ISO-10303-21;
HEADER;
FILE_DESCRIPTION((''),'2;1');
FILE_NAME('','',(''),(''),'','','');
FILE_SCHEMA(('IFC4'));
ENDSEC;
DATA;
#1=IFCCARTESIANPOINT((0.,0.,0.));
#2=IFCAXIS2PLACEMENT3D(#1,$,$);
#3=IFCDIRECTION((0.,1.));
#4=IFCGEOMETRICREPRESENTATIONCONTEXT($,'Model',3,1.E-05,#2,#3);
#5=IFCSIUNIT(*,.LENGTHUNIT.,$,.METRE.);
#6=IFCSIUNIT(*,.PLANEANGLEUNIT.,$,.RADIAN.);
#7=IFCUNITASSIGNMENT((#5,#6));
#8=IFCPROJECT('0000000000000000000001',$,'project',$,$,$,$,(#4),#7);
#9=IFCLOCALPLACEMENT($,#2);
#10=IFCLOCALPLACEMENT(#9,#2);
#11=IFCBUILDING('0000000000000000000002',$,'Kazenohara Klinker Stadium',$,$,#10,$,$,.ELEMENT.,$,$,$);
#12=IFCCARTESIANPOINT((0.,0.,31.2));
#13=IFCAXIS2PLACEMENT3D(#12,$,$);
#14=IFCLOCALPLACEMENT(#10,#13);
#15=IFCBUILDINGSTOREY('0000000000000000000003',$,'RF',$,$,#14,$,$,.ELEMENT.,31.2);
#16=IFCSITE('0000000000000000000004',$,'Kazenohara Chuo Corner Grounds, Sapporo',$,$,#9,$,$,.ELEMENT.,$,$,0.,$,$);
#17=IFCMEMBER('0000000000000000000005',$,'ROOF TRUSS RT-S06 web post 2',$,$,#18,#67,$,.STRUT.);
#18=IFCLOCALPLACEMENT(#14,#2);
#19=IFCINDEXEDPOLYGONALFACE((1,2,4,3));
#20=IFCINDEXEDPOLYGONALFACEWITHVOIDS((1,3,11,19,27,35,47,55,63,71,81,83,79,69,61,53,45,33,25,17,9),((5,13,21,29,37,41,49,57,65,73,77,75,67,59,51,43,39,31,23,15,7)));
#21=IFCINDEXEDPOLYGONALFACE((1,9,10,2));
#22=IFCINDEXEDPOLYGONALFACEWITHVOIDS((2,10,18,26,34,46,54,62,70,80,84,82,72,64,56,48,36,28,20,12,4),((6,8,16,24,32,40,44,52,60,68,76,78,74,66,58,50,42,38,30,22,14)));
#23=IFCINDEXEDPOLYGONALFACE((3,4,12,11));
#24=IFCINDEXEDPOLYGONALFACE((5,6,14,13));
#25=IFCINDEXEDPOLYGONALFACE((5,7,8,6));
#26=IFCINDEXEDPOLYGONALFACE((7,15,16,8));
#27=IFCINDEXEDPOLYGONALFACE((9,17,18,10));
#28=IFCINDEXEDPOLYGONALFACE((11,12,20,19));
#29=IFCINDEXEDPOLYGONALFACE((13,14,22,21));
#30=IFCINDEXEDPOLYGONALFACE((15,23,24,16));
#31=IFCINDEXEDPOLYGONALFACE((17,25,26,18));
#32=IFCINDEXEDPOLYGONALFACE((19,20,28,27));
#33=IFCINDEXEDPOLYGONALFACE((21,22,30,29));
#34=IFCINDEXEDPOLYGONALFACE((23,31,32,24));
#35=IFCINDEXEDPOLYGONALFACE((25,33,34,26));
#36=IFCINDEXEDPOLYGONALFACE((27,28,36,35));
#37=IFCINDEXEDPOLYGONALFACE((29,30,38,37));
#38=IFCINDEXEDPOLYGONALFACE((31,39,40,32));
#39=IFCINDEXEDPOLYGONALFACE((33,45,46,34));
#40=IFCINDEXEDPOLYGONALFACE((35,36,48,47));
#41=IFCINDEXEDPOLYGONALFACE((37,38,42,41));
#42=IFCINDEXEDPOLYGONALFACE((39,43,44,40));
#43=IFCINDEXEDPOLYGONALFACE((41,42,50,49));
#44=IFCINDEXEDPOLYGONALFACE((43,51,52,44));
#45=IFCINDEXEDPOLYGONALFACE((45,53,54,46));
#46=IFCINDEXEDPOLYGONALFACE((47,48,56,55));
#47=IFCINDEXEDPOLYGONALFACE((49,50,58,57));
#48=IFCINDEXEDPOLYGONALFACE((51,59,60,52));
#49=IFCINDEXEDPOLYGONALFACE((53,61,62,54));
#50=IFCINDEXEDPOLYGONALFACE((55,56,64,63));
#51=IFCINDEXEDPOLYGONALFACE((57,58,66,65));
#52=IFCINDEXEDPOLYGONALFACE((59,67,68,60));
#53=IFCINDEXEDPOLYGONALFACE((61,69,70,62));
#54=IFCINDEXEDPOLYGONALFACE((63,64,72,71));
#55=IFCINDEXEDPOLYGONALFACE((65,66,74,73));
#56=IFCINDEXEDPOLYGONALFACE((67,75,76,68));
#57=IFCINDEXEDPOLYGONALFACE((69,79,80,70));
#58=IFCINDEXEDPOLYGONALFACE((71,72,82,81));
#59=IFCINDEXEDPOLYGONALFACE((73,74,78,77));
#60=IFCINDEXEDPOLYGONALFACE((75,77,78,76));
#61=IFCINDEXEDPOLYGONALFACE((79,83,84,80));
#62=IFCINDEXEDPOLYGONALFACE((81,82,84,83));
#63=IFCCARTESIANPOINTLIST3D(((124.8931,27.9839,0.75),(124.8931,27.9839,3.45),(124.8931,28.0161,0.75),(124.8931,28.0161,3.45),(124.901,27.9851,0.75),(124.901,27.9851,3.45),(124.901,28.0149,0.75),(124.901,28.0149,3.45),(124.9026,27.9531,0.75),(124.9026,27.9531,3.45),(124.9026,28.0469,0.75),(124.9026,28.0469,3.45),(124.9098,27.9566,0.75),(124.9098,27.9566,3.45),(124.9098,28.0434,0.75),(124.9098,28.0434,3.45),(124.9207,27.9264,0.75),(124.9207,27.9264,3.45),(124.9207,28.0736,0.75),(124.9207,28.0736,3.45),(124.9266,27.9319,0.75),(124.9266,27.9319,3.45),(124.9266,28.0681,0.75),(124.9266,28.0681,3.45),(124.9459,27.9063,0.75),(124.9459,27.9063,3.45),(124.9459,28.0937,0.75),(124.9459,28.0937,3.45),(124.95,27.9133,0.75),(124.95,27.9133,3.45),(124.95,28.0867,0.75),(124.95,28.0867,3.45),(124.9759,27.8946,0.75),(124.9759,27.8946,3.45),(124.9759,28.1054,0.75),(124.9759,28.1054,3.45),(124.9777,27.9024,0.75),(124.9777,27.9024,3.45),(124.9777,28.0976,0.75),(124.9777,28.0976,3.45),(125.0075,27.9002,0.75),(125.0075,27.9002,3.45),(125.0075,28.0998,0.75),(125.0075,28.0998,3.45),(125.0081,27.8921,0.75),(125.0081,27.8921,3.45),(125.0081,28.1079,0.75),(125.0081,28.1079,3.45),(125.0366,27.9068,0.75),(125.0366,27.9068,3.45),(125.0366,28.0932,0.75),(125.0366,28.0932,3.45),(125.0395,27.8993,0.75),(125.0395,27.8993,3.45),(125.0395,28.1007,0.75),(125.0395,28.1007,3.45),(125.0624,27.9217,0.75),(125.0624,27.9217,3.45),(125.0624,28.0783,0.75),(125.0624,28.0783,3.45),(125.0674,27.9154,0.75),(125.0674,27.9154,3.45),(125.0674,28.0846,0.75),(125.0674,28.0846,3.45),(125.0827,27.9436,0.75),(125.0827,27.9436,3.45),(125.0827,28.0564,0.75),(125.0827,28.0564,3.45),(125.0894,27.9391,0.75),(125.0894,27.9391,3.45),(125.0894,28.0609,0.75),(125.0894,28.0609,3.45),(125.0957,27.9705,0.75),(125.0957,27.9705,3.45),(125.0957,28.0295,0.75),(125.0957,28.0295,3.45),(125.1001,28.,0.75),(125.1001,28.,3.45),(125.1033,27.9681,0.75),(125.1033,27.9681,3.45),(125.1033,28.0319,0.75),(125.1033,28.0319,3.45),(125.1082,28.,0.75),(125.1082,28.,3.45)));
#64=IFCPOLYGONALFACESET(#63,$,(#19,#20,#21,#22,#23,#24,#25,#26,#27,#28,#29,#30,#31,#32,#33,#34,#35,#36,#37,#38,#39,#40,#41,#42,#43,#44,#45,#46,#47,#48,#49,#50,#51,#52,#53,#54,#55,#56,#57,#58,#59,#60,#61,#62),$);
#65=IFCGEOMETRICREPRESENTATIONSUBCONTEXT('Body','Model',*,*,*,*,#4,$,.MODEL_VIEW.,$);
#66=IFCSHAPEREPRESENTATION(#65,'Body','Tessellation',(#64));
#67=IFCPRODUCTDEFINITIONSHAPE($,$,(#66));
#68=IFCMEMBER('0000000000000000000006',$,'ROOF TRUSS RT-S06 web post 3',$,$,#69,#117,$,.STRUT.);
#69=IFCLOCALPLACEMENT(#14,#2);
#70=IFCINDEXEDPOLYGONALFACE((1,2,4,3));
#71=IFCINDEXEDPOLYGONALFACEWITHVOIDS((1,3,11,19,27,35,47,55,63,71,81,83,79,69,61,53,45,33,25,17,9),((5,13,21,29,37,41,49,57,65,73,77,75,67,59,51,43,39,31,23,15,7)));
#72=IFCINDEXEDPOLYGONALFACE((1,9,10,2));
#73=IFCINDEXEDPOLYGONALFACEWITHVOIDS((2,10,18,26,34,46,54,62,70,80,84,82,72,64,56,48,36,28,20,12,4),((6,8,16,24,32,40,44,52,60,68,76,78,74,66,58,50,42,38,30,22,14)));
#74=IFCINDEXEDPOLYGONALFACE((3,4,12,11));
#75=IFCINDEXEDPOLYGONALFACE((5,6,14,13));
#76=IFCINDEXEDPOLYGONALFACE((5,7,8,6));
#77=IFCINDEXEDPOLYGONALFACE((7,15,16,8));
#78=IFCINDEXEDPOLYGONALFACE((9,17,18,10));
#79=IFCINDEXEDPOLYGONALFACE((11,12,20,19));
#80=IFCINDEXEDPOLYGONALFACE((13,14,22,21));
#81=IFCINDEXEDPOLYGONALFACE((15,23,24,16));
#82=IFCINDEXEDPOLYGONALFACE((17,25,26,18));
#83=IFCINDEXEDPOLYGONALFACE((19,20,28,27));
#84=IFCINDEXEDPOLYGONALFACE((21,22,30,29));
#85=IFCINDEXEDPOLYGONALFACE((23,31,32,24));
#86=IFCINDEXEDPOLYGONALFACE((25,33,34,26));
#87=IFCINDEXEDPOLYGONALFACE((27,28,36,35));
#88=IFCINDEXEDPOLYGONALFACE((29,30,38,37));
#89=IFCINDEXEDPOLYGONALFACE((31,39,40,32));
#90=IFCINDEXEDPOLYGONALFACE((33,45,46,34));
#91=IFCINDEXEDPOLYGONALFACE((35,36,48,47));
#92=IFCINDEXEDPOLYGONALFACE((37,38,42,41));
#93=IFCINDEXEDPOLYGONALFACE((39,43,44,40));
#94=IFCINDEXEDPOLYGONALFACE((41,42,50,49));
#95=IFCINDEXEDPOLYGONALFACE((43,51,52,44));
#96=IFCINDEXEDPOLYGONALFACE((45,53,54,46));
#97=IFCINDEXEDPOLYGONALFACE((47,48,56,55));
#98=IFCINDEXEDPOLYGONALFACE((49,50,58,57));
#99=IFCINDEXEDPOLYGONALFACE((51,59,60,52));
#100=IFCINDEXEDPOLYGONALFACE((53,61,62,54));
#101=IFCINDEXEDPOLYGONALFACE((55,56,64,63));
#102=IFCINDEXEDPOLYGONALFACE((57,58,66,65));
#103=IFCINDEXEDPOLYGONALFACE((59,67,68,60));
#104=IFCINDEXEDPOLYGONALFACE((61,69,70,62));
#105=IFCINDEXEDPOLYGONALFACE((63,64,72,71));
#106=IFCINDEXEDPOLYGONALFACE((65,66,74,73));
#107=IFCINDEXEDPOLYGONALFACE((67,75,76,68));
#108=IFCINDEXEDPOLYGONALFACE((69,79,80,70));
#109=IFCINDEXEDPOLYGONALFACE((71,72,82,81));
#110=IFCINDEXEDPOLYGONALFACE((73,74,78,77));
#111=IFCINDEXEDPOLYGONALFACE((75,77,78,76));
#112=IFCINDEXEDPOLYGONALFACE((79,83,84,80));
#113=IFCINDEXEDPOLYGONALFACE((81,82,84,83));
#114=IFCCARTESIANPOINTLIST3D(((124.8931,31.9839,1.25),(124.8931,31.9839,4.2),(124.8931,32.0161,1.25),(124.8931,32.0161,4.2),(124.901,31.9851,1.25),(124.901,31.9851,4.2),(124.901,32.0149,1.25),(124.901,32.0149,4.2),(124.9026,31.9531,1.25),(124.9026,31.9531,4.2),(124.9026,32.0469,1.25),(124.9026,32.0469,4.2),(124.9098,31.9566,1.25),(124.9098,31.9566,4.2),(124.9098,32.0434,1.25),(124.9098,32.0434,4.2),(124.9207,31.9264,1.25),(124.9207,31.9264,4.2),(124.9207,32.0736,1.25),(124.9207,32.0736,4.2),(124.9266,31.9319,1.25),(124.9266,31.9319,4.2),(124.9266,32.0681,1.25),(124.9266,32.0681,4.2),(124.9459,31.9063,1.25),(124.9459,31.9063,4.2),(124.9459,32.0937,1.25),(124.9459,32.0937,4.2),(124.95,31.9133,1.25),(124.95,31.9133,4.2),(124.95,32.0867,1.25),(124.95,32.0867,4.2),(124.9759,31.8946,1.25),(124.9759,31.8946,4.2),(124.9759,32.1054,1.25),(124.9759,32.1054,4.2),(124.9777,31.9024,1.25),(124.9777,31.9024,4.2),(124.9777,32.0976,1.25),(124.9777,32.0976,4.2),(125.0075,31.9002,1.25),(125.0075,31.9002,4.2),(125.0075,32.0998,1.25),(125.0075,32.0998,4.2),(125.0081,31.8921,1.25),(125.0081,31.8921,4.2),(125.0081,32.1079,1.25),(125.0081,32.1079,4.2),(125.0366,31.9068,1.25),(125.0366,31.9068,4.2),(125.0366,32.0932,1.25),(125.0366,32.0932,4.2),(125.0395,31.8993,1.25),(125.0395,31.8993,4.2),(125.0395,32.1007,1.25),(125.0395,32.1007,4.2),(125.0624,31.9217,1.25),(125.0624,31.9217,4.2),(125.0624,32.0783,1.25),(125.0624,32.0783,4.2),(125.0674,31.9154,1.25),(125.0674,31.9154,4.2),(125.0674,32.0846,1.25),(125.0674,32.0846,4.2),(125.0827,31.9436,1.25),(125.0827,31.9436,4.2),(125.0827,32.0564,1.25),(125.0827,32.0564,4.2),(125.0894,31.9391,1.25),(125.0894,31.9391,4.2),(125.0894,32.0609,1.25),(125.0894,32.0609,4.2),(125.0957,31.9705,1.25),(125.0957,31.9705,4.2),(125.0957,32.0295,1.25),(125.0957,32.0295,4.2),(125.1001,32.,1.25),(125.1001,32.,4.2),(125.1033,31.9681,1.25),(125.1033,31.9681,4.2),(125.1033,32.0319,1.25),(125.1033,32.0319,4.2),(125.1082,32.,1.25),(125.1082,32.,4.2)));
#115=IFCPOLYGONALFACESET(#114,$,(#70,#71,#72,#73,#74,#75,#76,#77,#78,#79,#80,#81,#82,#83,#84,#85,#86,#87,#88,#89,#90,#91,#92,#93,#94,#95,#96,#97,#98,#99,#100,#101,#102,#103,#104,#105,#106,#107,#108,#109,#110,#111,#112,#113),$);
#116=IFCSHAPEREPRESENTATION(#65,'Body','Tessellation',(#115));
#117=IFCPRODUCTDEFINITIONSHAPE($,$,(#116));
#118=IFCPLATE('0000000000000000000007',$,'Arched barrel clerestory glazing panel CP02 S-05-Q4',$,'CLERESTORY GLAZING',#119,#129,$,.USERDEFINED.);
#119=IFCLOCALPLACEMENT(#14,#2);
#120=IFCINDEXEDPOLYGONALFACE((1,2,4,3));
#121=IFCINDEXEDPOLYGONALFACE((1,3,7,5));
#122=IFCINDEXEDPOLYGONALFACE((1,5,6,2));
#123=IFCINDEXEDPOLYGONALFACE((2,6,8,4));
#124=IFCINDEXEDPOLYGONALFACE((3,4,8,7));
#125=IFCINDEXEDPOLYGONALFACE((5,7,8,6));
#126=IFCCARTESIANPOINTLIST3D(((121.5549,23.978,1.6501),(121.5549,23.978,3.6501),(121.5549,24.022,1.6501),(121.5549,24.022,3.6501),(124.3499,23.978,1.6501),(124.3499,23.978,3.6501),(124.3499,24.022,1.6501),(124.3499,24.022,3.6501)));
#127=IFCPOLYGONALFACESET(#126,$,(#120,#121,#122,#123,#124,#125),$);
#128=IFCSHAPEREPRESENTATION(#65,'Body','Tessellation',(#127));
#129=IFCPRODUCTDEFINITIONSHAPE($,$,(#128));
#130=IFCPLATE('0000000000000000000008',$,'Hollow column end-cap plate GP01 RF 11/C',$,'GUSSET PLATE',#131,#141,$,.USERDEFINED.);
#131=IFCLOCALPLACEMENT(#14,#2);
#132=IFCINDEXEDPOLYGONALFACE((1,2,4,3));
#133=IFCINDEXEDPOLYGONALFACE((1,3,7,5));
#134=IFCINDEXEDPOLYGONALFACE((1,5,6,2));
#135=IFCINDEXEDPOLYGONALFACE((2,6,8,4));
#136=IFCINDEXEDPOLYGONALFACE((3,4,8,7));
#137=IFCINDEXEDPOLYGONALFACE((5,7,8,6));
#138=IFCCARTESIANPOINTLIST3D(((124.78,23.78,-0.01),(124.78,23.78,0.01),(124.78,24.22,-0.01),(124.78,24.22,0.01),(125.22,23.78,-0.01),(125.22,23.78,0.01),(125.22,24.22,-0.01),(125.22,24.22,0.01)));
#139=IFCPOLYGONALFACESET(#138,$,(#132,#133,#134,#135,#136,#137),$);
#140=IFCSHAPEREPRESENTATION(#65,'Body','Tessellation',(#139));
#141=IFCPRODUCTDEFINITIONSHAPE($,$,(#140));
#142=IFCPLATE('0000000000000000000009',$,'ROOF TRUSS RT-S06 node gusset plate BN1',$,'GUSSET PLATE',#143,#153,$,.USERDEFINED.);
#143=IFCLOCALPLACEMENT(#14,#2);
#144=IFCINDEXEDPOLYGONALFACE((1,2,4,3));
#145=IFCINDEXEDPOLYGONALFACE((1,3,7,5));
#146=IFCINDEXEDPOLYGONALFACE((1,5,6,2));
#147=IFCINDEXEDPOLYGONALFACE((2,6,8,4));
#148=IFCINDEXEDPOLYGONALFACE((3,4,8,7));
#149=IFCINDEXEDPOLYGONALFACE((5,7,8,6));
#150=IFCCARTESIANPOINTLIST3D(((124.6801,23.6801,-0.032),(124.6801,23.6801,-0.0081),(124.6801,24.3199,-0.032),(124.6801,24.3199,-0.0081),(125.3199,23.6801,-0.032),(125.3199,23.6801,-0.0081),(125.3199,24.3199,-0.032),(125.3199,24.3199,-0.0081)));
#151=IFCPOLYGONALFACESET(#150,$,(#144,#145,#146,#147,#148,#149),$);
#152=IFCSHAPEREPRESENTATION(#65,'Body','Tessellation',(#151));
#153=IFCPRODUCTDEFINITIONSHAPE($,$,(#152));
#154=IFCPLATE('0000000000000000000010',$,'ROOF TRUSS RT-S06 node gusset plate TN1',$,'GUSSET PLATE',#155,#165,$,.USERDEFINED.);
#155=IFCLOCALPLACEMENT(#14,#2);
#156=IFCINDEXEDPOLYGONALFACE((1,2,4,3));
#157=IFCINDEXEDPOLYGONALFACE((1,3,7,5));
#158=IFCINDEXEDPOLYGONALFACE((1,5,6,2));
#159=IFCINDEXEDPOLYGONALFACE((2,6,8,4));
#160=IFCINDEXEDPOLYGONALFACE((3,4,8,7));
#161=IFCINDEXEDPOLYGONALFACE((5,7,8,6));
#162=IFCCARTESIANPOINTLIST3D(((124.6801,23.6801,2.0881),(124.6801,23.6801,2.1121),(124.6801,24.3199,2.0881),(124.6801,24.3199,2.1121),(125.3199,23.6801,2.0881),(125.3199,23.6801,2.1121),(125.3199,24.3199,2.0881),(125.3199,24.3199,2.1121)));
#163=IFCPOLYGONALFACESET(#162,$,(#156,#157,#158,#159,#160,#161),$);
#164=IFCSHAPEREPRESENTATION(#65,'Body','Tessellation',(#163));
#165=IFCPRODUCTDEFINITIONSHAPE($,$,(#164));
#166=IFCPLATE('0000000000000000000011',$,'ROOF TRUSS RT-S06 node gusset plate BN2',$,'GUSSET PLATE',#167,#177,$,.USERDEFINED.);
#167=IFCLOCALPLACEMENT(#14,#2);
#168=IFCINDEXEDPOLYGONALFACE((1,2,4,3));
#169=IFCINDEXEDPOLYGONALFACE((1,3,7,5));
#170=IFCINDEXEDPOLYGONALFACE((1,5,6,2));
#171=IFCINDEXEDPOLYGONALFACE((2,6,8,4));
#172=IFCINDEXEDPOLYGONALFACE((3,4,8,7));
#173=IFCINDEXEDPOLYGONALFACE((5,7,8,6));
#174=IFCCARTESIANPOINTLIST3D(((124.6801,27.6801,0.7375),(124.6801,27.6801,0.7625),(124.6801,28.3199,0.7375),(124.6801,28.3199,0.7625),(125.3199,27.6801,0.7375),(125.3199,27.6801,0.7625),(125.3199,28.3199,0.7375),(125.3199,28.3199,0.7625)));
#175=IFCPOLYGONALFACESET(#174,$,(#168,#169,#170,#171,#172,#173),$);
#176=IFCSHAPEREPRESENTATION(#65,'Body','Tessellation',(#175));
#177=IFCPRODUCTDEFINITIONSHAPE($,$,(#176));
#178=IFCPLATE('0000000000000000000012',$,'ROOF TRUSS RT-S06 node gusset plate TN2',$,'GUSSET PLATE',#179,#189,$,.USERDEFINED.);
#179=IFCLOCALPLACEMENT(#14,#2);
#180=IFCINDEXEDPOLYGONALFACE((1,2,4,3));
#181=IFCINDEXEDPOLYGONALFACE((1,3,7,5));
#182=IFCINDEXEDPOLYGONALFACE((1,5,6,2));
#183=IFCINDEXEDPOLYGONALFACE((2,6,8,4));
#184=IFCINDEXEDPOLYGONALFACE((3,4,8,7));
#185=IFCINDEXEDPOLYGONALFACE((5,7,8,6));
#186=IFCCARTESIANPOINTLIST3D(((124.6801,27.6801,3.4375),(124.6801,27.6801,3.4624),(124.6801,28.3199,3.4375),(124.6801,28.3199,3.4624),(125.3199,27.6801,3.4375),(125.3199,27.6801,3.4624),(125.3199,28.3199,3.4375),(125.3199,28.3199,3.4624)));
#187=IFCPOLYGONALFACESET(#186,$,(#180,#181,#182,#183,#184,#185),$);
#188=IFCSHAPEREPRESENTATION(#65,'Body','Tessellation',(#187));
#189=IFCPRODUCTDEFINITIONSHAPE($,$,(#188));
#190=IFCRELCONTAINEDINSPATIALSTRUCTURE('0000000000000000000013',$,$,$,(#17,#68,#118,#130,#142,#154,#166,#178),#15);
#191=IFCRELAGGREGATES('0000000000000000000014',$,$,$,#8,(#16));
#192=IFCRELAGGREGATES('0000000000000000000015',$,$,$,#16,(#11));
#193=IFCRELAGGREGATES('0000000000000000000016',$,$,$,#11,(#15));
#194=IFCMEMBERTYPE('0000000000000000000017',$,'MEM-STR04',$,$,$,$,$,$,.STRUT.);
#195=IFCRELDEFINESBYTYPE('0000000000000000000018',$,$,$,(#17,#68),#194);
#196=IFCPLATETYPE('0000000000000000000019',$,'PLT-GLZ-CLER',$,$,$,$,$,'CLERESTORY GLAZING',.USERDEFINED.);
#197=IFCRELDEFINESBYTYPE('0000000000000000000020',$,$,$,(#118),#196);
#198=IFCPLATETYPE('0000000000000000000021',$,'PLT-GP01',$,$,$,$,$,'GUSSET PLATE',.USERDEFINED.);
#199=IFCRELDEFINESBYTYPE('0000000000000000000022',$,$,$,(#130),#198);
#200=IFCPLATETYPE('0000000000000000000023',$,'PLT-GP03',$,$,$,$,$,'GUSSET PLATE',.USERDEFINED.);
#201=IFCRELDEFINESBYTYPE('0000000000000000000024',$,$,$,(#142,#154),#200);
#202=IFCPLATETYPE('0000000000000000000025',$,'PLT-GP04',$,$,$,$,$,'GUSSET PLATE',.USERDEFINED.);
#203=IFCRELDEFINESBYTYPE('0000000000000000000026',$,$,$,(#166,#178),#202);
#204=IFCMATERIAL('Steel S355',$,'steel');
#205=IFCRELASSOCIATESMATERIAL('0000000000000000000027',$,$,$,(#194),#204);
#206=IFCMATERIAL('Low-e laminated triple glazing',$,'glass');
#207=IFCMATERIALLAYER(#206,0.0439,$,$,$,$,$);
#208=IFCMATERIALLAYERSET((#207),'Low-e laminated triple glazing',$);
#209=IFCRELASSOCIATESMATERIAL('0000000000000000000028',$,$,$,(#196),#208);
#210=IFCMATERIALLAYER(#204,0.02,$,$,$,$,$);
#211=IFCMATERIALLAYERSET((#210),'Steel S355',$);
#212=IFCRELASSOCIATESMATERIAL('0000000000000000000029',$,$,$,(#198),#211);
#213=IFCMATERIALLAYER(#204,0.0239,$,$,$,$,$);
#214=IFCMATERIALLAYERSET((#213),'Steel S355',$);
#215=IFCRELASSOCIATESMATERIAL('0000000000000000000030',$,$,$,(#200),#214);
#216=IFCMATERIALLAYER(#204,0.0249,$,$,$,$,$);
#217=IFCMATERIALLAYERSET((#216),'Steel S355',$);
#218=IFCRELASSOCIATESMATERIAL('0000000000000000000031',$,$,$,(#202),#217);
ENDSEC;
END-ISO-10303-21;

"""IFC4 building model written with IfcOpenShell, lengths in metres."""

from ifc_helpers import new_model, si_unit, direction, frame, origin, origin_2d, place, context, subcontext, project, spatial, rectangle, hollow_circle, extrude, material, layer, layer_set, material_profile, profile_set, type_object, element, save


model = new_model("IFC4")

# Units and contexts
model_context = context("Model", 3, precision=1e-05, world=origin(), true_north=direction((0.0, 1.0)))
body_context = subcontext(model_context, "Body", "Model", "MODEL_VIEW")
ifc_project = project(units=[si_unit("LENGTHUNIT", "METRE"), si_unit("PLANEANGLEUNIT", "RADIAN")], contexts=[model_context])

# Site, building, storey
site_placement = place(None, origin())
site = spatial("IfcSite", under=ifc_project, at=site_placement, Name="Kazenohara Chuo Corner Grounds, Sapporo", CompositionType="ELEMENT", RefElevation=0.0)
building_placement = place(site_placement, origin())
building = spatial("IfcBuilding", under=site, at=building_placement, Name="Kazenohara Klinker Stadium", CompositionType="ELEMENT")
storey_placement = place(building_placement, frame((0.0, 0.0, 31.2)))
storey = spatial("IfcBuildingStorey", under=building, at=storey_placement, Name="RF", CompositionType="ELEMENT", Elevation=31.2)

# Members
ifc_material_1 = material(Name="Steel S355", Category="steel")
ifc_material_profile_1 = material_profile(ifc_material_1, hollow_circle(Radius=0.1082, WallThickness=0.0081, at=origin_2d()), Name="CHS-216.3x8")
ifc_profile_set_1 = profile_set([ifc_material_profile_1], Name="Steel S355")
member_type_1 = type_object("IfcMemberType", Name="MEM-STR04", PredefinedType="STRUT", material=ifc_profile_set_1)
member_1_placement = place(storey_placement, frame((125.0, 28.0, 0.75), z_axis=(0.0, 0.0, 1.0), x_axis=(1.0, 0.0, 0.0)))
element("IfcMember", 1, at=member_1_placement, inside=storey, type_object=member_type_1, Name="ROOF TRUSS RT-S06 web post 2", PredefinedType="STRUT", context=body_context, shape_type="SweptSolid", body=[
    extrude(hollow_circle(Radius=0.1082, WallThickness=0.0081, at=origin_2d()), origin(), (0.0, 0.0, 1.0), 2.7),
])
member_2_placement = place(storey_placement, frame((125.0, 32.0, 1.25), z_axis=(0.0, 0.0, 1.0), x_axis=(1.0, 0.0, 0.0)))
element("IfcMember", 2, at=member_2_placement, inside=storey, type_object=member_type_1, Name="ROOF TRUSS RT-S06 web post 3", PredefinedType="STRUT", context=body_context, shape_type="SweptSolid", body=[
    extrude(hollow_circle(Radius=0.1082, WallThickness=0.0081, at=origin_2d()), origin(), (0.0, 0.0, 1.0), 2.95),
])

# Plates
ifc_material_2 = material(Name="Low-e laminated triple glazing", Category="glass")
ifc_layer_1 = layer(ifc_material_2, 0.0439)
ifc_layer_set_1 = layer_set([ifc_layer_1], Name="Low-e laminated triple glazing")
plate_type_1 = type_object("IfcPlateType", Name="PLT-GLZ-CLER", ElementType="CLERESTORY GLAZING", PredefinedType="USERDEFINED", material=ifc_layer_set_1)
plate_1_placement = place(storey_placement, frame((122.9524, 24.0, 1.6501), z_axis=(0.0, 0.0, 1.0), x_axis=(1.0, 0.0, 0.0)))
element("IfcPlate", 3, at=plate_1_placement, inside=storey, type_object=plate_type_1, Name="Arched barrel clerestory glazing panel CP02 S-05-Q4", ObjectType="CLERESTORY GLAZING", PredefinedType="USERDEFINED", context=body_context, shape_type="SweptSolid", body=[
    extrude(rectangle(XDim=2.7949, YDim=0.0439, at=origin_2d()), origin(), (0.0, 0.0, 1.0), 2.0),
])
ifc_layer_2 = layer(ifc_material_1, 0.02)
ifc_layer_set_2 = layer_set([ifc_layer_2], Name="Steel S355")
plate_type_2 = type_object("IfcPlateType", Name="PLT-GP01", ElementType="GUSSET PLATE", PredefinedType="USERDEFINED", material=ifc_layer_set_2)
plate_2_placement = place(storey_placement, frame((125.0, 24.0, -0.01), z_axis=(0.0, 0.0, 1.0), x_axis=(1.0, 0.0, 0.0)))
element("IfcPlate", 4, at=plate_2_placement, inside=storey, type_object=plate_type_2, Name="Hollow column end-cap plate GP01 RF 11/C", ObjectType="GUSSET PLATE", PredefinedType="USERDEFINED", context=body_context, shape_type="SweptSolid", body=[
    extrude(rectangle(XDim=0.4399, YDim=0.4399, at=origin_2d()), origin(), (0.0, 0.0, 1.0), 0.02),
])
ifc_layer_3 = layer(ifc_material_1, 0.0239)
ifc_layer_set_3 = layer_set([ifc_layer_3], Name="Steel S355")
plate_type_3 = type_object("IfcPlateType", Name="PLT-GP03", ElementType="GUSSET PLATE", PredefinedType="USERDEFINED", material=ifc_layer_set_3)
for number, where, z_axis, x_axis, name in (
    (5, (125.0, 24.0, -0.032), (0.0, 0.0, 1.0), (1.0, 0.0, 0.0), "ROOF TRUSS RT-S06 node gusset plate BN1"),
    (6, (125.0, 24.0, 2.0881), (0.0, 0.0, 1.0), (1.0, 0.0, 0.0), "ROOF TRUSS RT-S06 node gusset plate TN1"),
):
    element("IfcPlate", number, at=place(storey_placement, frame(where, z_axis=z_axis, x_axis=x_axis)), inside=storey, type_object=plate_type_3, Name=name, ObjectType="GUSSET PLATE", PredefinedType="USERDEFINED", context=body_context, shape_type="SweptSolid", body=[
        extrude(rectangle(XDim=0.6399, YDim=0.6399, at=origin_2d()), origin(), (0.0, 0.0, 1.0), 0.0239),
    ])
ifc_layer_4 = layer(ifc_material_1, 0.0249)
ifc_layer_set_4 = layer_set([ifc_layer_4], Name="Steel S355")
plate_type_4 = type_object("IfcPlateType", Name="PLT-GP04", ElementType="GUSSET PLATE", PredefinedType="USERDEFINED", material=ifc_layer_set_4)
for number, where, z_axis, x_axis, name in (
    (7, (125.0, 28.0, 0.7375), (0.0, 0.0, 1.0), (1.0, 0.0, 0.0), "ROOF TRUSS RT-S06 node gusset plate BN2"),
    (8, (125.0, 28.0, 3.4375), (0.0, 0.0, 1.0), (1.0, 0.0, 0.0), "ROOF TRUSS RT-S06 node gusset plate TN2"),
):
    element("IfcPlate", number, at=place(storey_placement, frame(where, z_axis=z_axis, x_axis=x_axis)), inside=storey, type_object=plate_type_4, Name=name, ObjectType="GUSSET PLATE", PredefinedType="USERDEFINED", context=body_context, shape_type="SweptSolid", body=[
        extrude(rectangle(XDim=0.6399, YDim=0.6399, at=origin_2d()), origin(), (0.0, 0.0, 1.0), 0.0249),
    ])

save(model, "model.ifc")
